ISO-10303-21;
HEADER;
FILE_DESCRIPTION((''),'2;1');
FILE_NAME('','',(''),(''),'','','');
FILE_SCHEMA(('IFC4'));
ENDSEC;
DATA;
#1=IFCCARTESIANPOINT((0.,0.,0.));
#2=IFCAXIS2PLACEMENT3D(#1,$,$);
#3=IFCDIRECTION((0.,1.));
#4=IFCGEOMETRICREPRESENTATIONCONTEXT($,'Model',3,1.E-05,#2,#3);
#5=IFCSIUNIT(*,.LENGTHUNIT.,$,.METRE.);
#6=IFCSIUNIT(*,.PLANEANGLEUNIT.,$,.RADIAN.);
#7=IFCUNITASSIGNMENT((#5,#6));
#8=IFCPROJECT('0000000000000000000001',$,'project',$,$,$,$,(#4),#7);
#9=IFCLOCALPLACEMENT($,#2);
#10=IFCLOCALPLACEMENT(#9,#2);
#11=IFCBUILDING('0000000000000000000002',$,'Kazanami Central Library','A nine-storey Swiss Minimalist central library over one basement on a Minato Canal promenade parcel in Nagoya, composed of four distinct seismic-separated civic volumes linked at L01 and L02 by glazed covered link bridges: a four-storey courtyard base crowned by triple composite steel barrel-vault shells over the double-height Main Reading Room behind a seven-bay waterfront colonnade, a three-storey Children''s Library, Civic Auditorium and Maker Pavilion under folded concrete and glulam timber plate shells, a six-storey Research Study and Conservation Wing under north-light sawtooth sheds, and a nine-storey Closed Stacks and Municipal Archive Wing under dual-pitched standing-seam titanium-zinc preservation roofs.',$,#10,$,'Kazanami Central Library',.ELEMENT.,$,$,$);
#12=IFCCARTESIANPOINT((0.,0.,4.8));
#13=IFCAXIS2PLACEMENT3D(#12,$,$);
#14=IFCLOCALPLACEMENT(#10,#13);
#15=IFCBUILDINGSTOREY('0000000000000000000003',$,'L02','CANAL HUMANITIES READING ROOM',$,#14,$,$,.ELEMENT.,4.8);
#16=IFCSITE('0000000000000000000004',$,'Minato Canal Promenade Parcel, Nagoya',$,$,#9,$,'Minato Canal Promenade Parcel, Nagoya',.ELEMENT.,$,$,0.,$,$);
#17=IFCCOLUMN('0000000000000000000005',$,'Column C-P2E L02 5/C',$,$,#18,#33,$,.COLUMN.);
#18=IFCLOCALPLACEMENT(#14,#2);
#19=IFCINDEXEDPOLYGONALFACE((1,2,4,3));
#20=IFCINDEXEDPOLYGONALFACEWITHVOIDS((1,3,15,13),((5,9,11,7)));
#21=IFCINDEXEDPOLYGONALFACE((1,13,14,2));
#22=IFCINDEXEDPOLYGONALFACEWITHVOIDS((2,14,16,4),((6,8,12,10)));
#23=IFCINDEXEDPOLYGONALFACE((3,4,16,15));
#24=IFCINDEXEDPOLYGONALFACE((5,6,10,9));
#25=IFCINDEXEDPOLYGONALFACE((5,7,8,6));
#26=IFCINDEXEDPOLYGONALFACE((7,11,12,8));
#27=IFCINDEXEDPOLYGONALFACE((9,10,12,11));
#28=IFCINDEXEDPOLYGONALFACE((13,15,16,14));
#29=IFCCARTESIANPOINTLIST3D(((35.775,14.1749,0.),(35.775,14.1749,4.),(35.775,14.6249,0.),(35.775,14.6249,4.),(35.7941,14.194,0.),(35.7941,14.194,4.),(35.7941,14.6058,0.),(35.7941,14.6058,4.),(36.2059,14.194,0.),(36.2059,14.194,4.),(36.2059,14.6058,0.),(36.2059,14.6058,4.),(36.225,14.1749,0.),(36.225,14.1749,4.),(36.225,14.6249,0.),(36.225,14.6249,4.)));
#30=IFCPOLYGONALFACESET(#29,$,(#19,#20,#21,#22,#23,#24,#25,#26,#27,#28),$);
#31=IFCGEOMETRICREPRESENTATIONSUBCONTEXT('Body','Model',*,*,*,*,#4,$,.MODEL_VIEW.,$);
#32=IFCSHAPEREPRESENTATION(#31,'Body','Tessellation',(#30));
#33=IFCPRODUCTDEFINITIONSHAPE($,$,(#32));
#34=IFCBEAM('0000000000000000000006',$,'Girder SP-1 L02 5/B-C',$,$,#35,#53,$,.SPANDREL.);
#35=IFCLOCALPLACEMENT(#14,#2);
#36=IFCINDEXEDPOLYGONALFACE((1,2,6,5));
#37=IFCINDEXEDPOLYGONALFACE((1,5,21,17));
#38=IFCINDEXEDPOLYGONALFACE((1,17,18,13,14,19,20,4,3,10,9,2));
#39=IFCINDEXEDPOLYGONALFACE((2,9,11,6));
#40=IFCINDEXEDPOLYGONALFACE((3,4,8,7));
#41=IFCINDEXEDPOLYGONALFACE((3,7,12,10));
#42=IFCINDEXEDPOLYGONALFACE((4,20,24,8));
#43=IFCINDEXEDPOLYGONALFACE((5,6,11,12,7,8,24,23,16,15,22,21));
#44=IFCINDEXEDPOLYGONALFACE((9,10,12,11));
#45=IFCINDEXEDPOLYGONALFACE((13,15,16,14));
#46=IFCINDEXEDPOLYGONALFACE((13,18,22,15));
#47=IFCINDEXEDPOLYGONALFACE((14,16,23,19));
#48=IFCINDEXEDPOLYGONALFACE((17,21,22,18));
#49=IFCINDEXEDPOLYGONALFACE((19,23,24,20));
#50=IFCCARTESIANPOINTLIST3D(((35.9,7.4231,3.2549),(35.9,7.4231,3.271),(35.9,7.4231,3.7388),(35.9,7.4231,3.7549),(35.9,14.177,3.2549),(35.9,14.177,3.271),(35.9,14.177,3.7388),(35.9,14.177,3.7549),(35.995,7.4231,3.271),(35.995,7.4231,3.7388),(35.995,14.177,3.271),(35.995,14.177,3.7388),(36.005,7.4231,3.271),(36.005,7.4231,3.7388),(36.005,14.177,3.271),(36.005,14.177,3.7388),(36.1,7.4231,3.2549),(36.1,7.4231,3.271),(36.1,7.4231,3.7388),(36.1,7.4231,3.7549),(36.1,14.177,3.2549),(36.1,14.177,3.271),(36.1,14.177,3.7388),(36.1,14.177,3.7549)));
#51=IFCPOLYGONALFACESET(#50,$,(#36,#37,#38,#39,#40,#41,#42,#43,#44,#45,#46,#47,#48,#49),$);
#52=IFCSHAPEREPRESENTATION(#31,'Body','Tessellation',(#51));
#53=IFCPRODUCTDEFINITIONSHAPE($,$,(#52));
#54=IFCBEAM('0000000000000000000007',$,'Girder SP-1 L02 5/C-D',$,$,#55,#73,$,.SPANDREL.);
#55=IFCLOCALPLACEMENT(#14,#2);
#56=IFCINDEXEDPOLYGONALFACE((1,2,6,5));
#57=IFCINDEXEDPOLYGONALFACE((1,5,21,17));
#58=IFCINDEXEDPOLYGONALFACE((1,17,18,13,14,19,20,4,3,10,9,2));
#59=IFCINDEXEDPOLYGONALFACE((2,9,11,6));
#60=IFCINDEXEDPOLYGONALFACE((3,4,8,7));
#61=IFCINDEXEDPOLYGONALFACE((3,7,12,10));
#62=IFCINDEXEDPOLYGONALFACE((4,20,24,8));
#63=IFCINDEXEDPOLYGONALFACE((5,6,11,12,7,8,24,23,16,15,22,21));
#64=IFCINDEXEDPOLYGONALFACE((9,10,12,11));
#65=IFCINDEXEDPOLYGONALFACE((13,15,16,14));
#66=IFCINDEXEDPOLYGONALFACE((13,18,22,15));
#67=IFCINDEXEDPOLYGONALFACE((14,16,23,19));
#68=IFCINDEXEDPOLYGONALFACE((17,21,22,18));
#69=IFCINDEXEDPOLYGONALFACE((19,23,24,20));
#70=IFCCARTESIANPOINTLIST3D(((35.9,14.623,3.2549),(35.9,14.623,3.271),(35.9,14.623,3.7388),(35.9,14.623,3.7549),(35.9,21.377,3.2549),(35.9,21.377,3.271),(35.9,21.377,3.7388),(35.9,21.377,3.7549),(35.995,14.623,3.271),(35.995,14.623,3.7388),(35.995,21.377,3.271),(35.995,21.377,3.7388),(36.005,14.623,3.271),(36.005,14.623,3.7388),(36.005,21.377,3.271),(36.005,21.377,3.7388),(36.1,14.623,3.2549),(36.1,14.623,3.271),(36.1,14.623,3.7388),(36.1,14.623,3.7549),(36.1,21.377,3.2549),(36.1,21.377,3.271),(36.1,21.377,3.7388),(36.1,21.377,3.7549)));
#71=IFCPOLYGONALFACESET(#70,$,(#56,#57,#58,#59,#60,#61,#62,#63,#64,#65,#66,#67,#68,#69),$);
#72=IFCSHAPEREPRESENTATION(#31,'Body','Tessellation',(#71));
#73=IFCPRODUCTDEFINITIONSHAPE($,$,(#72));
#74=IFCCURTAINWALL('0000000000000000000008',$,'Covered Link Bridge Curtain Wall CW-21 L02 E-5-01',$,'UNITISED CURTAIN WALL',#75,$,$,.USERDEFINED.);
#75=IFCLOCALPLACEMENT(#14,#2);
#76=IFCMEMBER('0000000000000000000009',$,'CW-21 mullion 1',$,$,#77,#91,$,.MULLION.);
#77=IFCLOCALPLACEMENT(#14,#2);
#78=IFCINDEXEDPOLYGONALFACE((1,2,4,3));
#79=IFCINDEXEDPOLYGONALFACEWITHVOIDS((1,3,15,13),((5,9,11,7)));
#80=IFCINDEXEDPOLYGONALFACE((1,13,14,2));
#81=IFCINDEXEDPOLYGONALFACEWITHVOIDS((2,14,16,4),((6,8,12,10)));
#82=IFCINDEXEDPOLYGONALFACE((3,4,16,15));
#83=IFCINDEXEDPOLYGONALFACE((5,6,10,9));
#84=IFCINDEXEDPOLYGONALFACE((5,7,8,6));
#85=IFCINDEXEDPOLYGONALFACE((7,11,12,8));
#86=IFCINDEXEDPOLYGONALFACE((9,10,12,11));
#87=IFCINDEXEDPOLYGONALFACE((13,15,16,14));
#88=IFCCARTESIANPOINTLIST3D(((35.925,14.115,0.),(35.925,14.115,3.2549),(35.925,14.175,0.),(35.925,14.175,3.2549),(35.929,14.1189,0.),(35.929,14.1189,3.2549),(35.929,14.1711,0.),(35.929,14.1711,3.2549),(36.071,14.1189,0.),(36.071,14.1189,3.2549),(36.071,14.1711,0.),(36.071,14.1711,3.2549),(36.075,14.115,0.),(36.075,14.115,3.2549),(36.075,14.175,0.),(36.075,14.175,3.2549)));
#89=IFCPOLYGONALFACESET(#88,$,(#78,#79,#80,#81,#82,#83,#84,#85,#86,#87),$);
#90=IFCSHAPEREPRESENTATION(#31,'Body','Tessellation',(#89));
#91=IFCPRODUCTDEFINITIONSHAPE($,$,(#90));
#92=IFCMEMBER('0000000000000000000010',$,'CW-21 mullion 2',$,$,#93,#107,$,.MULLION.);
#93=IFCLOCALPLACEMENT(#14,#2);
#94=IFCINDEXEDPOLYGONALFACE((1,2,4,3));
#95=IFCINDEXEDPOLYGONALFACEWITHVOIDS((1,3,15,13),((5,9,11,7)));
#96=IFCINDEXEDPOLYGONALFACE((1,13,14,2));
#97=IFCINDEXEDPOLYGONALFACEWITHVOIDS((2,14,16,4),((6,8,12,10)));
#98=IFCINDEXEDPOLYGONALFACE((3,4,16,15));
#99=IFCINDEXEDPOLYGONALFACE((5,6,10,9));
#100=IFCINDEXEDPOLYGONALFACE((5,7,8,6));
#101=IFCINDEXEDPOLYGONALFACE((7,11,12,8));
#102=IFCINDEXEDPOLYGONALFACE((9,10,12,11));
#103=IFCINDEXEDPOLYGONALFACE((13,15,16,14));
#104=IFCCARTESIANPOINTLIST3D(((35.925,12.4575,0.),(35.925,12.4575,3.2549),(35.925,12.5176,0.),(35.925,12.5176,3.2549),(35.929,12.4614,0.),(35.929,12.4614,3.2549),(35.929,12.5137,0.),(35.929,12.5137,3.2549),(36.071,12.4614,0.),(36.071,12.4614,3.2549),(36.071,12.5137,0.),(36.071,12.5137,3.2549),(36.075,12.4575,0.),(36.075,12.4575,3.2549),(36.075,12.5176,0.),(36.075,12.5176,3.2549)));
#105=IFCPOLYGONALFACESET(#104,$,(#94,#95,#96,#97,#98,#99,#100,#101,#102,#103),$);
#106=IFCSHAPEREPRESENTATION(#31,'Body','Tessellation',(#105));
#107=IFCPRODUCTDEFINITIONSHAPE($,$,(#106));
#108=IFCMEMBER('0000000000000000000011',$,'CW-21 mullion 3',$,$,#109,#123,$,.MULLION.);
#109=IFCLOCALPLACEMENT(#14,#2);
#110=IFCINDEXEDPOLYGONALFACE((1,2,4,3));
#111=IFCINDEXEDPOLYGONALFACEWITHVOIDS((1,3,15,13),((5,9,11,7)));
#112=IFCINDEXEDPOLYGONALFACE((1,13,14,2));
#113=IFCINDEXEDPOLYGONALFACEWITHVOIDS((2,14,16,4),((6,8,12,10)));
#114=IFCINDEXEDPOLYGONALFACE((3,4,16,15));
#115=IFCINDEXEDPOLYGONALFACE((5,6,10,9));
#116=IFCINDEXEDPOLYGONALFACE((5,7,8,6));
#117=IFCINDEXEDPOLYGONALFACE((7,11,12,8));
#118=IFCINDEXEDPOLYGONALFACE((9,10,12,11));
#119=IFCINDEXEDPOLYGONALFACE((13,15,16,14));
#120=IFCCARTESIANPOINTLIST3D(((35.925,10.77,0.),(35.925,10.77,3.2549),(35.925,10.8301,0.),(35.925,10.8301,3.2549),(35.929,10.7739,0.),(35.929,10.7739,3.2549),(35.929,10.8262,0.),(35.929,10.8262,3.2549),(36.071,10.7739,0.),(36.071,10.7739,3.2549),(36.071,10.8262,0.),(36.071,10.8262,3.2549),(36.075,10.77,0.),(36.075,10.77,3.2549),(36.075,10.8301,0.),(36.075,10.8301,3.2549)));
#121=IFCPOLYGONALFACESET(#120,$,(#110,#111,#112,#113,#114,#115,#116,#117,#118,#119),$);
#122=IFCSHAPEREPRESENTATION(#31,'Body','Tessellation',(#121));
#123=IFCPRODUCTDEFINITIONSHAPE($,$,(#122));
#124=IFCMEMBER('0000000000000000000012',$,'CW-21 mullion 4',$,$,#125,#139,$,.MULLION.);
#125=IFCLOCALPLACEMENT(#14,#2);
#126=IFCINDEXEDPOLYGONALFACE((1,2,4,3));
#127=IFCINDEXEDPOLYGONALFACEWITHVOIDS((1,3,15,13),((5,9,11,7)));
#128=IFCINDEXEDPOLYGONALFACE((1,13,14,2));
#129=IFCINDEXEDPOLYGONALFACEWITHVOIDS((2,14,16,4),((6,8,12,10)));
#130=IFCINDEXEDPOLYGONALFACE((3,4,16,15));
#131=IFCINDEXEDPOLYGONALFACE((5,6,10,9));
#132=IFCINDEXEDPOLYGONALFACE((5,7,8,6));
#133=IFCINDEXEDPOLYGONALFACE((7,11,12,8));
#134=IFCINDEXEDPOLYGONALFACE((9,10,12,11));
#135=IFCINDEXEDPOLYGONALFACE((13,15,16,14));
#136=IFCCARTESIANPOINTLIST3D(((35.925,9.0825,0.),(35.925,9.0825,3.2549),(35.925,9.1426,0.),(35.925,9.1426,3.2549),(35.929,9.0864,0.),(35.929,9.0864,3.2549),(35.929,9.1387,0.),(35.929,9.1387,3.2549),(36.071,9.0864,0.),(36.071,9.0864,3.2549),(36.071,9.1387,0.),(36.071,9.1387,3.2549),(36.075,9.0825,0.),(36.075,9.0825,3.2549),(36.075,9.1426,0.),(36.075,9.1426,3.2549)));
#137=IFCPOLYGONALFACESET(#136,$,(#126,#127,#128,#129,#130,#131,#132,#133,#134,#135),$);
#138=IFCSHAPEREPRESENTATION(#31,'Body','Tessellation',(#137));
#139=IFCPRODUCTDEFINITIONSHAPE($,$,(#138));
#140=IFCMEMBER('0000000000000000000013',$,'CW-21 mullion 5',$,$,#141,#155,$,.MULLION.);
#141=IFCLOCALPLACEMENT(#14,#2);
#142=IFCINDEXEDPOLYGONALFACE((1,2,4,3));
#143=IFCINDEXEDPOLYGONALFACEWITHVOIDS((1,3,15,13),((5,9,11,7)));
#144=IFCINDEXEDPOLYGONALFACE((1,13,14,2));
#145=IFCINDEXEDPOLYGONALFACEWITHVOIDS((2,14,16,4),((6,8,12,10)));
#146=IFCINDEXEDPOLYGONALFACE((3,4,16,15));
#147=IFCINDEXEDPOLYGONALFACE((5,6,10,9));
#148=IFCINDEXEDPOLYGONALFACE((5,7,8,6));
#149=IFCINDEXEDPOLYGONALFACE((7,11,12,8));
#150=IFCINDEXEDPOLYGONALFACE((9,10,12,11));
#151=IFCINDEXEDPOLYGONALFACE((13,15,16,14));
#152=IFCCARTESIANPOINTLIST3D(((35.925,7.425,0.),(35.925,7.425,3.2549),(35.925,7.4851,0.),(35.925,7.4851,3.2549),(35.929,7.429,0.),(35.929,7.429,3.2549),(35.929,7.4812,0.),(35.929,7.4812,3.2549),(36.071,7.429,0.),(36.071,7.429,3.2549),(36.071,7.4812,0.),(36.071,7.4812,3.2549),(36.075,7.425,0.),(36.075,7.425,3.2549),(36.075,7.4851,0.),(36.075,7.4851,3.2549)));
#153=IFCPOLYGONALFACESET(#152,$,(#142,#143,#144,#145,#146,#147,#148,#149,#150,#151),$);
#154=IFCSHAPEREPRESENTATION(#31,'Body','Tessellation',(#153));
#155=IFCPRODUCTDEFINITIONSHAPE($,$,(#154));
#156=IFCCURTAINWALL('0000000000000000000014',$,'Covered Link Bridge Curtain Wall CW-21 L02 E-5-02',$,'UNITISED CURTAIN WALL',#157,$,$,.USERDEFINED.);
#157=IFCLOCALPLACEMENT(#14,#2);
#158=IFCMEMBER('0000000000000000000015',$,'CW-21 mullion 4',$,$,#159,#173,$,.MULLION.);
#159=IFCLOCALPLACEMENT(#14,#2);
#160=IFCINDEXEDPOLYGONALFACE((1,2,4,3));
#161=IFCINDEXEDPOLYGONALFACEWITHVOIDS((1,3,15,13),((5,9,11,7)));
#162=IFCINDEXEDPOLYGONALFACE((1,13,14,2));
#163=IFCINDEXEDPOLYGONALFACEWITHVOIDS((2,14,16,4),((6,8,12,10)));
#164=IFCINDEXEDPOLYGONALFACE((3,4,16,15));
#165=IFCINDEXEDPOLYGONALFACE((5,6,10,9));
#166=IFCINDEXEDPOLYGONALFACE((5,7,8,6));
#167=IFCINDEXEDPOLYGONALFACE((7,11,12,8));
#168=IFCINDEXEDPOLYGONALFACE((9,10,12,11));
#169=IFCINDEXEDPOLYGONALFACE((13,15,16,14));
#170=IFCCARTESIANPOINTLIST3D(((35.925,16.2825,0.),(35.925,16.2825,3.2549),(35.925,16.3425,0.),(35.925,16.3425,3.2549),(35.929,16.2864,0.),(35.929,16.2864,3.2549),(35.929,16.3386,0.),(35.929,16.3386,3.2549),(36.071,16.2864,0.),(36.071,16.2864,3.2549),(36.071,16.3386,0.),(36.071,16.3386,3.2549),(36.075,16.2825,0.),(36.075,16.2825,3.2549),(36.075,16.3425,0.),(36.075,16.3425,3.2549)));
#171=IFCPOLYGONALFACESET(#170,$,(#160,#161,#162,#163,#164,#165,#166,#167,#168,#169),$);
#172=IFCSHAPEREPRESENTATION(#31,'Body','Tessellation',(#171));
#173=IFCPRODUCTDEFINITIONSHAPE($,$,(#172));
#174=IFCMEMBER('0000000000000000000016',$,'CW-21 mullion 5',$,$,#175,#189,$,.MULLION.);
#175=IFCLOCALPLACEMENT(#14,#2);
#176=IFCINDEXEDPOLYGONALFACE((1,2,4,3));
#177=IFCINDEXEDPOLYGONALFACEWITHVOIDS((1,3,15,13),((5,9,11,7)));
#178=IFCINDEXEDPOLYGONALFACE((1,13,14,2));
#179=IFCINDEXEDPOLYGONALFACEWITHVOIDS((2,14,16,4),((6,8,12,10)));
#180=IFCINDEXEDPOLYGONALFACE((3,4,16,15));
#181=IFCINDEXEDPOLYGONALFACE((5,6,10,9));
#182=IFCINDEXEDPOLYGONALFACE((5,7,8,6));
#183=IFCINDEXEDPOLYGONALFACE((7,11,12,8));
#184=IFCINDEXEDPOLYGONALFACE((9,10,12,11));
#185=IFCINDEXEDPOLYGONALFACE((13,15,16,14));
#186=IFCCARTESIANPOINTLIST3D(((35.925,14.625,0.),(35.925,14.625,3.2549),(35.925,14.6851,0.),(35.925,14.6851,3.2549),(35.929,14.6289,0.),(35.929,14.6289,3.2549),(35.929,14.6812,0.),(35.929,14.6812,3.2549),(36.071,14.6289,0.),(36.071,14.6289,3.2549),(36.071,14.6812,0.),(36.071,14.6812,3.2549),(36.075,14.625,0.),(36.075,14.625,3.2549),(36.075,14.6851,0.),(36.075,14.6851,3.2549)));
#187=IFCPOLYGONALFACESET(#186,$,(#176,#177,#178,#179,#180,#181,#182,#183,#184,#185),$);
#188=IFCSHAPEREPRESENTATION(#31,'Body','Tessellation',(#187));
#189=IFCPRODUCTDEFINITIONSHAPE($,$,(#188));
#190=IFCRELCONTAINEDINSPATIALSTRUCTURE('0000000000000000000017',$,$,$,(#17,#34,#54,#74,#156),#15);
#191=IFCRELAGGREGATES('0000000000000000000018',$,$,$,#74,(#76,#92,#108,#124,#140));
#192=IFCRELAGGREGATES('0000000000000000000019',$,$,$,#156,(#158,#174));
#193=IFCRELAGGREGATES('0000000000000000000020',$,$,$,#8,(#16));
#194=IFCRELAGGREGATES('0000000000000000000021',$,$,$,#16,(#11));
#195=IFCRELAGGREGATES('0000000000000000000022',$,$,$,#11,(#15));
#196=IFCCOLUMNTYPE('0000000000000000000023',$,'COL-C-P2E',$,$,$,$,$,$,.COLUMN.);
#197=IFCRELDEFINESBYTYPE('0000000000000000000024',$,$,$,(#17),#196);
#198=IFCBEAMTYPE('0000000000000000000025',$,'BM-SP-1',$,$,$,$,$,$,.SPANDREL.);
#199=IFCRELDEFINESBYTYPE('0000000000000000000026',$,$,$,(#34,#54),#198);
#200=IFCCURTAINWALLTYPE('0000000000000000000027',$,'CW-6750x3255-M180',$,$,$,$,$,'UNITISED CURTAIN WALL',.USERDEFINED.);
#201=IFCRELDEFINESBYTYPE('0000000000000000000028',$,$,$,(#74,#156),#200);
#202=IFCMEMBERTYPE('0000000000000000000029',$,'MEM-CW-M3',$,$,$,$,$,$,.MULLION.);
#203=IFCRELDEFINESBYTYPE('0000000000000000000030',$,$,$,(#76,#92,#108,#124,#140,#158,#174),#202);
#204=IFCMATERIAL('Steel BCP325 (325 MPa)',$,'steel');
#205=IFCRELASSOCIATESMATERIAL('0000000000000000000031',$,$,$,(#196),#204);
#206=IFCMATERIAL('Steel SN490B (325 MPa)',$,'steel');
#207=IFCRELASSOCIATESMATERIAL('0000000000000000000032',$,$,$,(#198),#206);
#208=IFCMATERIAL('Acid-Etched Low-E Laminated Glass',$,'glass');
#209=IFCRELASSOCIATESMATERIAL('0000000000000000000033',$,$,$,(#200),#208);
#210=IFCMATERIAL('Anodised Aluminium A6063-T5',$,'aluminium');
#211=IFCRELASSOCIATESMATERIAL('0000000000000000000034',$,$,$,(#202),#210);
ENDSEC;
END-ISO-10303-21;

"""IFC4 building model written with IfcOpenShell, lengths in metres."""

from ifc_helpers import new_model, si_unit, direction, frame, origin, origin_2d, place, context, subcontext, project, spatial, hollow_rectangle, i_section, extrude, material, material_profile, profile_set, type_object, element, aggregate, save


model = new_model("IFC4")

# Units and contexts
model_context = context("Model", 3, precision=1e-05, world=origin(), true_north=direction((0.0, 1.0)))
body_context = subcontext(model_context, "Body", "Model", "MODEL_VIEW")
ifc_project = project(units=[si_unit("LENGTHUNIT", "METRE"), si_unit("PLANEANGLEUNIT", "RADIAN")], contexts=[model_context])

# Site, building, storey
site_placement = place(None, origin())
site = spatial("IfcSite", under=ifc_project, at=site_placement, Name="Minato Canal Promenade Parcel, Nagoya", LongName="Minato Canal Promenade Parcel, Nagoya", CompositionType="ELEMENT", RefElevation=0.0)
building_placement = place(site_placement, origin())
building = spatial("IfcBuilding", under=site, at=building_placement, Name="Kazanami Central Library", Description="A nine-storey Swiss Minimalist central library over one basement on a Minato Canal promenade parcel in Nagoya, composed of four distinct seismic-separated civic volumes linked at L01 and L02 by glazed covered link bridges: a four-storey courtyard base crowned by triple composite steel barrel-vault shells over the double-height Main Reading Room behind a seven-bay waterfront colonnade, a three-storey Children's Library, Civic Auditorium and Maker Pavilion under folded concrete and glulam timber plate shells, a six-storey Research Study and Conservation Wing under north-light sawtooth sheds, and a nine-storey Closed Stacks and Municipal Archive Wing under dual-pitched standing-seam titanium-zinc preservation roofs.", LongName="Kazanami Central Library", CompositionType="ELEMENT")
storey_placement = place(building_placement, frame((0.0, 0.0, 4.8)))
storey = spatial("IfcBuildingStorey", under=building, at=storey_placement, Name="L02", Description="CANAL HUMANITIES READING ROOM", CompositionType="ELEMENT", Elevation=4.8)

# Column
ifc_material_1 = material(Name="Steel BCP325 (325 MPa)", Category="steel")
ifc_material_profile_1 = material_profile(ifc_material_1, hollow_rectangle(XDim=0.45, YDim=0.45, WallThickness=0.019, at=origin_2d()), Name="BCP-450x450x19")
ifc_profile_set_1 = profile_set([ifc_material_profile_1], Name="Steel BCP325 (325 MPa)")
column_type = type_object("IfcColumnType", Name="COL-C-P2E", PredefinedType="COLUMN", material=ifc_profile_set_1)
column_placement = place(storey_placement, frame((36.0, 14.3999, 0.0), z_axis=(0.0, 0.0, 1.0), x_axis=(1.0, 0.0, 0.0)))
element("IfcColumn", 1, at=column_placement, inside=storey, type_object=column_type, Name="Column C-P2E L02 5/C", PredefinedType="COLUMN", context=body_context, shape_type="SweptSolid", body=[
    extrude(hollow_rectangle(XDim=0.45, YDim=0.45, WallThickness=0.019, at=origin_2d()), origin(), (0.0, 0.0, 1.0), 4.0),
])

# Beams
ifc_material_2 = material(Name="Steel SN490B (325 MPa)", Category="steel")
ifc_material_profile_2 = material_profile(ifc_material_2, i_section(OverallWidth=0.2, OverallDepth=0.5, WebThickness=0.01, FlangeThickness=0.0161, at=origin_2d()), Name="H-500x200x10x16")
ifc_profile_set_2 = profile_set([ifc_material_profile_2], Name="Steel SN490B (325 MPa)")
beam_type = type_object("IfcBeamType", Name="BM-SP-1", PredefinedType="SPANDREL", material=ifc_profile_set_2)
for number, where, z_axis, x_axis, name in (
    (2, (36.0, 7.4231, 3.5049), (0.0, 1.0, 0.0), (-1.0, 0.0, 0.0), "Girder SP-1 L02 5/B-C"),
    (3, (36.0, 14.623, 3.5049), (0.0, 1.0, 0.0), (-1.0, 0.0, 0.0), "Girder SP-1 L02 5/C-D"),
):
    element("IfcBeam", number, at=place(storey_placement, frame(where, z_axis=z_axis, x_axis=x_axis)), inside=storey, type_object=beam_type, Name=name, PredefinedType="SPANDREL", context=body_context, shape_type="SweptSolid", body=[
        extrude(i_section(OverallWidth=0.2, OverallDepth=0.5, WebThickness=0.01, FlangeThickness=0.0161, at=origin_2d()), origin(), (0.0, 0.0, 1.0), 6.7539),
    ])

# Curtain walls, members
ifc_material_3 = material(Name="Acid-Etched Low-E Laminated Glass", Category="glass")
curtain_wall_type = type_object("IfcCurtainWallType", Name="CW-6750x3255-M180", ElementType="UNITISED CURTAIN WALL", PredefinedType="USERDEFINED", material=ifc_material_3)
curtain_wall_1_placement = place(storey_placement, origin())
curtain_wall_1 = element("IfcCurtainWall", 4, at=curtain_wall_1_placement, inside=storey, type_object=curtain_wall_type, Name="Covered Link Bridge Curtain Wall CW-21 L02 E-5-01", ObjectType="UNITISED CURTAIN WALL", PredefinedType="USERDEFINED")
ifc_material_4 = material(Name="Anodised Aluminium A6063-T5", Category="aluminium")
ifc_material_profile_3 = material_profile(ifc_material_4, hollow_rectangle(XDim=0.0601, YDim=0.1499, WallThickness=0.0039, at=origin_2d()), Name="ALU-MULL-60x150x4")
ifc_profile_set_3 = profile_set([ifc_material_profile_3], Name="Anodised Aluminium A6063-T5")
member_type_1 = type_object("IfcMemberType", Name="MEM-CW-M3", PredefinedType="MULLION", material=ifc_profile_set_3)
member_1_placement = place(storey_placement, frame((36.0, 14.145, 0.0), z_axis=(0.0, 0.0, 1.0), x_axis=(0.0, -1.0, 0.0)))
member_1 = element("IfcMember", 5, at=member_1_placement, type_object=member_type_1, Name="CW-21 mullion 1", PredefinedType="MULLION", context=body_context, shape_type="SweptSolid", body=[
    extrude(hollow_rectangle(XDim=0.0601, YDim=0.1499, WallThickness=0.0039, at=origin_2d()), origin(), (0.0, 0.0, 1.0), 3.2549),
])
member_2_placement = place(storey_placement, frame((36.0, 12.4875, 0.0), z_axis=(0.0, 0.0, 1.0), x_axis=(0.0, -1.0, 0.0)))
member_2 = element("IfcMember", 6, at=member_2_placement, type_object=member_type_1, Name="CW-21 mullion 2", PredefinedType="MULLION", context=body_context, shape_type="SweptSolid", body=[
    extrude(hollow_rectangle(XDim=0.0601, YDim=0.1499, WallThickness=0.0039, at=origin_2d()), origin(), (0.0, 0.0, 1.0), 3.2549),
])
member_3_placement = place(storey_placement, frame((36.0, 10.8, 0.0), z_axis=(0.0, 0.0, 1.0), x_axis=(0.0, -1.0, 0.0)))
member_3 = element("IfcMember", 7, at=member_3_placement, type_object=member_type_1, Name="CW-21 mullion 3", PredefinedType="MULLION", context=body_context, shape_type="SweptSolid", body=[
    extrude(hollow_rectangle(XDim=0.0601, YDim=0.1499, WallThickness=0.0039, at=origin_2d()), origin(), (0.0, 0.0, 1.0), 3.2549),
])
member_4_placement = place(storey_placement, frame((36.0, 9.1125, 0.0), z_axis=(0.0, 0.0, 1.0), x_axis=(0.0, -1.0, 0.0)))
member_4 = element("IfcMember", 8, at=member_4_placement, type_object=member_type_1, Name="CW-21 mullion 4", PredefinedType="MULLION", context=body_context, shape_type="SweptSolid", body=[
    extrude(hollow_rectangle(XDim=0.0601, YDim=0.1499, WallThickness=0.0039, at=origin_2d()), origin(), (0.0, 0.0, 1.0), 3.2549),
])
member_5_placement = place(storey_placement, frame((36.0, 7.4551, 0.0), z_axis=(0.0, 0.0, 1.0), x_axis=(0.0, -1.0, 0.0)))
member_5 = element("IfcMember", 9, at=member_5_placement, type_object=member_type_1, Name="CW-21 mullion 5", PredefinedType="MULLION", context=body_context, shape_type="SweptSolid", body=[
    extrude(hollow_rectangle(XDim=0.0601, YDim=0.1499, WallThickness=0.0039, at=origin_2d()), origin(), (0.0, 0.0, 1.0), 3.2549),
])
curtain_wall_2_placement = place(storey_placement, origin())
curtain_wall_2 = element("IfcCurtainWall", 10, at=curtain_wall_2_placement, inside=storey, type_object=curtain_wall_type, Name="Covered Link Bridge Curtain Wall CW-21 L02 E-5-02", ObjectType="UNITISED CURTAIN WALL", PredefinedType="USERDEFINED")
member_6_placement = place(storey_placement, frame((36.0, 16.3125, 0.0), z_axis=(0.0, 0.0, 1.0), x_axis=(0.0, -1.0, 0.0)))
member_6 = element("IfcMember", 11, at=member_6_placement, type_object=member_type_1, Name="CW-21 mullion 4", PredefinedType="MULLION", context=body_context, shape_type="SweptSolid", body=[
    extrude(hollow_rectangle(XDim=0.0601, YDim=0.1499, WallThickness=0.0039, at=origin_2d()), origin(), (0.0, 0.0, 1.0), 3.2549),
])
member_7_placement = place(storey_placement, frame((36.0, 14.655, 0.0), z_axis=(0.0, 0.0, 1.0), x_axis=(0.0, -1.0, 0.0)))
member_7 = element("IfcMember", 12, at=member_7_placement, type_object=member_type_1, Name="CW-21 mullion 5", PredefinedType="MULLION", context=body_context, shape_type="SweptSolid", body=[
    extrude(hollow_rectangle(XDim=0.0601, YDim=0.1499, WallThickness=0.0039, at=origin_2d()), origin(), (0.0, 0.0, 1.0), 3.2549),
])

aggregate(curtain_wall_1, [member_1, member_2, member_3, member_4, member_5])
aggregate(curtain_wall_2, [member_6, member_7])

save(model, "model.ifc")
